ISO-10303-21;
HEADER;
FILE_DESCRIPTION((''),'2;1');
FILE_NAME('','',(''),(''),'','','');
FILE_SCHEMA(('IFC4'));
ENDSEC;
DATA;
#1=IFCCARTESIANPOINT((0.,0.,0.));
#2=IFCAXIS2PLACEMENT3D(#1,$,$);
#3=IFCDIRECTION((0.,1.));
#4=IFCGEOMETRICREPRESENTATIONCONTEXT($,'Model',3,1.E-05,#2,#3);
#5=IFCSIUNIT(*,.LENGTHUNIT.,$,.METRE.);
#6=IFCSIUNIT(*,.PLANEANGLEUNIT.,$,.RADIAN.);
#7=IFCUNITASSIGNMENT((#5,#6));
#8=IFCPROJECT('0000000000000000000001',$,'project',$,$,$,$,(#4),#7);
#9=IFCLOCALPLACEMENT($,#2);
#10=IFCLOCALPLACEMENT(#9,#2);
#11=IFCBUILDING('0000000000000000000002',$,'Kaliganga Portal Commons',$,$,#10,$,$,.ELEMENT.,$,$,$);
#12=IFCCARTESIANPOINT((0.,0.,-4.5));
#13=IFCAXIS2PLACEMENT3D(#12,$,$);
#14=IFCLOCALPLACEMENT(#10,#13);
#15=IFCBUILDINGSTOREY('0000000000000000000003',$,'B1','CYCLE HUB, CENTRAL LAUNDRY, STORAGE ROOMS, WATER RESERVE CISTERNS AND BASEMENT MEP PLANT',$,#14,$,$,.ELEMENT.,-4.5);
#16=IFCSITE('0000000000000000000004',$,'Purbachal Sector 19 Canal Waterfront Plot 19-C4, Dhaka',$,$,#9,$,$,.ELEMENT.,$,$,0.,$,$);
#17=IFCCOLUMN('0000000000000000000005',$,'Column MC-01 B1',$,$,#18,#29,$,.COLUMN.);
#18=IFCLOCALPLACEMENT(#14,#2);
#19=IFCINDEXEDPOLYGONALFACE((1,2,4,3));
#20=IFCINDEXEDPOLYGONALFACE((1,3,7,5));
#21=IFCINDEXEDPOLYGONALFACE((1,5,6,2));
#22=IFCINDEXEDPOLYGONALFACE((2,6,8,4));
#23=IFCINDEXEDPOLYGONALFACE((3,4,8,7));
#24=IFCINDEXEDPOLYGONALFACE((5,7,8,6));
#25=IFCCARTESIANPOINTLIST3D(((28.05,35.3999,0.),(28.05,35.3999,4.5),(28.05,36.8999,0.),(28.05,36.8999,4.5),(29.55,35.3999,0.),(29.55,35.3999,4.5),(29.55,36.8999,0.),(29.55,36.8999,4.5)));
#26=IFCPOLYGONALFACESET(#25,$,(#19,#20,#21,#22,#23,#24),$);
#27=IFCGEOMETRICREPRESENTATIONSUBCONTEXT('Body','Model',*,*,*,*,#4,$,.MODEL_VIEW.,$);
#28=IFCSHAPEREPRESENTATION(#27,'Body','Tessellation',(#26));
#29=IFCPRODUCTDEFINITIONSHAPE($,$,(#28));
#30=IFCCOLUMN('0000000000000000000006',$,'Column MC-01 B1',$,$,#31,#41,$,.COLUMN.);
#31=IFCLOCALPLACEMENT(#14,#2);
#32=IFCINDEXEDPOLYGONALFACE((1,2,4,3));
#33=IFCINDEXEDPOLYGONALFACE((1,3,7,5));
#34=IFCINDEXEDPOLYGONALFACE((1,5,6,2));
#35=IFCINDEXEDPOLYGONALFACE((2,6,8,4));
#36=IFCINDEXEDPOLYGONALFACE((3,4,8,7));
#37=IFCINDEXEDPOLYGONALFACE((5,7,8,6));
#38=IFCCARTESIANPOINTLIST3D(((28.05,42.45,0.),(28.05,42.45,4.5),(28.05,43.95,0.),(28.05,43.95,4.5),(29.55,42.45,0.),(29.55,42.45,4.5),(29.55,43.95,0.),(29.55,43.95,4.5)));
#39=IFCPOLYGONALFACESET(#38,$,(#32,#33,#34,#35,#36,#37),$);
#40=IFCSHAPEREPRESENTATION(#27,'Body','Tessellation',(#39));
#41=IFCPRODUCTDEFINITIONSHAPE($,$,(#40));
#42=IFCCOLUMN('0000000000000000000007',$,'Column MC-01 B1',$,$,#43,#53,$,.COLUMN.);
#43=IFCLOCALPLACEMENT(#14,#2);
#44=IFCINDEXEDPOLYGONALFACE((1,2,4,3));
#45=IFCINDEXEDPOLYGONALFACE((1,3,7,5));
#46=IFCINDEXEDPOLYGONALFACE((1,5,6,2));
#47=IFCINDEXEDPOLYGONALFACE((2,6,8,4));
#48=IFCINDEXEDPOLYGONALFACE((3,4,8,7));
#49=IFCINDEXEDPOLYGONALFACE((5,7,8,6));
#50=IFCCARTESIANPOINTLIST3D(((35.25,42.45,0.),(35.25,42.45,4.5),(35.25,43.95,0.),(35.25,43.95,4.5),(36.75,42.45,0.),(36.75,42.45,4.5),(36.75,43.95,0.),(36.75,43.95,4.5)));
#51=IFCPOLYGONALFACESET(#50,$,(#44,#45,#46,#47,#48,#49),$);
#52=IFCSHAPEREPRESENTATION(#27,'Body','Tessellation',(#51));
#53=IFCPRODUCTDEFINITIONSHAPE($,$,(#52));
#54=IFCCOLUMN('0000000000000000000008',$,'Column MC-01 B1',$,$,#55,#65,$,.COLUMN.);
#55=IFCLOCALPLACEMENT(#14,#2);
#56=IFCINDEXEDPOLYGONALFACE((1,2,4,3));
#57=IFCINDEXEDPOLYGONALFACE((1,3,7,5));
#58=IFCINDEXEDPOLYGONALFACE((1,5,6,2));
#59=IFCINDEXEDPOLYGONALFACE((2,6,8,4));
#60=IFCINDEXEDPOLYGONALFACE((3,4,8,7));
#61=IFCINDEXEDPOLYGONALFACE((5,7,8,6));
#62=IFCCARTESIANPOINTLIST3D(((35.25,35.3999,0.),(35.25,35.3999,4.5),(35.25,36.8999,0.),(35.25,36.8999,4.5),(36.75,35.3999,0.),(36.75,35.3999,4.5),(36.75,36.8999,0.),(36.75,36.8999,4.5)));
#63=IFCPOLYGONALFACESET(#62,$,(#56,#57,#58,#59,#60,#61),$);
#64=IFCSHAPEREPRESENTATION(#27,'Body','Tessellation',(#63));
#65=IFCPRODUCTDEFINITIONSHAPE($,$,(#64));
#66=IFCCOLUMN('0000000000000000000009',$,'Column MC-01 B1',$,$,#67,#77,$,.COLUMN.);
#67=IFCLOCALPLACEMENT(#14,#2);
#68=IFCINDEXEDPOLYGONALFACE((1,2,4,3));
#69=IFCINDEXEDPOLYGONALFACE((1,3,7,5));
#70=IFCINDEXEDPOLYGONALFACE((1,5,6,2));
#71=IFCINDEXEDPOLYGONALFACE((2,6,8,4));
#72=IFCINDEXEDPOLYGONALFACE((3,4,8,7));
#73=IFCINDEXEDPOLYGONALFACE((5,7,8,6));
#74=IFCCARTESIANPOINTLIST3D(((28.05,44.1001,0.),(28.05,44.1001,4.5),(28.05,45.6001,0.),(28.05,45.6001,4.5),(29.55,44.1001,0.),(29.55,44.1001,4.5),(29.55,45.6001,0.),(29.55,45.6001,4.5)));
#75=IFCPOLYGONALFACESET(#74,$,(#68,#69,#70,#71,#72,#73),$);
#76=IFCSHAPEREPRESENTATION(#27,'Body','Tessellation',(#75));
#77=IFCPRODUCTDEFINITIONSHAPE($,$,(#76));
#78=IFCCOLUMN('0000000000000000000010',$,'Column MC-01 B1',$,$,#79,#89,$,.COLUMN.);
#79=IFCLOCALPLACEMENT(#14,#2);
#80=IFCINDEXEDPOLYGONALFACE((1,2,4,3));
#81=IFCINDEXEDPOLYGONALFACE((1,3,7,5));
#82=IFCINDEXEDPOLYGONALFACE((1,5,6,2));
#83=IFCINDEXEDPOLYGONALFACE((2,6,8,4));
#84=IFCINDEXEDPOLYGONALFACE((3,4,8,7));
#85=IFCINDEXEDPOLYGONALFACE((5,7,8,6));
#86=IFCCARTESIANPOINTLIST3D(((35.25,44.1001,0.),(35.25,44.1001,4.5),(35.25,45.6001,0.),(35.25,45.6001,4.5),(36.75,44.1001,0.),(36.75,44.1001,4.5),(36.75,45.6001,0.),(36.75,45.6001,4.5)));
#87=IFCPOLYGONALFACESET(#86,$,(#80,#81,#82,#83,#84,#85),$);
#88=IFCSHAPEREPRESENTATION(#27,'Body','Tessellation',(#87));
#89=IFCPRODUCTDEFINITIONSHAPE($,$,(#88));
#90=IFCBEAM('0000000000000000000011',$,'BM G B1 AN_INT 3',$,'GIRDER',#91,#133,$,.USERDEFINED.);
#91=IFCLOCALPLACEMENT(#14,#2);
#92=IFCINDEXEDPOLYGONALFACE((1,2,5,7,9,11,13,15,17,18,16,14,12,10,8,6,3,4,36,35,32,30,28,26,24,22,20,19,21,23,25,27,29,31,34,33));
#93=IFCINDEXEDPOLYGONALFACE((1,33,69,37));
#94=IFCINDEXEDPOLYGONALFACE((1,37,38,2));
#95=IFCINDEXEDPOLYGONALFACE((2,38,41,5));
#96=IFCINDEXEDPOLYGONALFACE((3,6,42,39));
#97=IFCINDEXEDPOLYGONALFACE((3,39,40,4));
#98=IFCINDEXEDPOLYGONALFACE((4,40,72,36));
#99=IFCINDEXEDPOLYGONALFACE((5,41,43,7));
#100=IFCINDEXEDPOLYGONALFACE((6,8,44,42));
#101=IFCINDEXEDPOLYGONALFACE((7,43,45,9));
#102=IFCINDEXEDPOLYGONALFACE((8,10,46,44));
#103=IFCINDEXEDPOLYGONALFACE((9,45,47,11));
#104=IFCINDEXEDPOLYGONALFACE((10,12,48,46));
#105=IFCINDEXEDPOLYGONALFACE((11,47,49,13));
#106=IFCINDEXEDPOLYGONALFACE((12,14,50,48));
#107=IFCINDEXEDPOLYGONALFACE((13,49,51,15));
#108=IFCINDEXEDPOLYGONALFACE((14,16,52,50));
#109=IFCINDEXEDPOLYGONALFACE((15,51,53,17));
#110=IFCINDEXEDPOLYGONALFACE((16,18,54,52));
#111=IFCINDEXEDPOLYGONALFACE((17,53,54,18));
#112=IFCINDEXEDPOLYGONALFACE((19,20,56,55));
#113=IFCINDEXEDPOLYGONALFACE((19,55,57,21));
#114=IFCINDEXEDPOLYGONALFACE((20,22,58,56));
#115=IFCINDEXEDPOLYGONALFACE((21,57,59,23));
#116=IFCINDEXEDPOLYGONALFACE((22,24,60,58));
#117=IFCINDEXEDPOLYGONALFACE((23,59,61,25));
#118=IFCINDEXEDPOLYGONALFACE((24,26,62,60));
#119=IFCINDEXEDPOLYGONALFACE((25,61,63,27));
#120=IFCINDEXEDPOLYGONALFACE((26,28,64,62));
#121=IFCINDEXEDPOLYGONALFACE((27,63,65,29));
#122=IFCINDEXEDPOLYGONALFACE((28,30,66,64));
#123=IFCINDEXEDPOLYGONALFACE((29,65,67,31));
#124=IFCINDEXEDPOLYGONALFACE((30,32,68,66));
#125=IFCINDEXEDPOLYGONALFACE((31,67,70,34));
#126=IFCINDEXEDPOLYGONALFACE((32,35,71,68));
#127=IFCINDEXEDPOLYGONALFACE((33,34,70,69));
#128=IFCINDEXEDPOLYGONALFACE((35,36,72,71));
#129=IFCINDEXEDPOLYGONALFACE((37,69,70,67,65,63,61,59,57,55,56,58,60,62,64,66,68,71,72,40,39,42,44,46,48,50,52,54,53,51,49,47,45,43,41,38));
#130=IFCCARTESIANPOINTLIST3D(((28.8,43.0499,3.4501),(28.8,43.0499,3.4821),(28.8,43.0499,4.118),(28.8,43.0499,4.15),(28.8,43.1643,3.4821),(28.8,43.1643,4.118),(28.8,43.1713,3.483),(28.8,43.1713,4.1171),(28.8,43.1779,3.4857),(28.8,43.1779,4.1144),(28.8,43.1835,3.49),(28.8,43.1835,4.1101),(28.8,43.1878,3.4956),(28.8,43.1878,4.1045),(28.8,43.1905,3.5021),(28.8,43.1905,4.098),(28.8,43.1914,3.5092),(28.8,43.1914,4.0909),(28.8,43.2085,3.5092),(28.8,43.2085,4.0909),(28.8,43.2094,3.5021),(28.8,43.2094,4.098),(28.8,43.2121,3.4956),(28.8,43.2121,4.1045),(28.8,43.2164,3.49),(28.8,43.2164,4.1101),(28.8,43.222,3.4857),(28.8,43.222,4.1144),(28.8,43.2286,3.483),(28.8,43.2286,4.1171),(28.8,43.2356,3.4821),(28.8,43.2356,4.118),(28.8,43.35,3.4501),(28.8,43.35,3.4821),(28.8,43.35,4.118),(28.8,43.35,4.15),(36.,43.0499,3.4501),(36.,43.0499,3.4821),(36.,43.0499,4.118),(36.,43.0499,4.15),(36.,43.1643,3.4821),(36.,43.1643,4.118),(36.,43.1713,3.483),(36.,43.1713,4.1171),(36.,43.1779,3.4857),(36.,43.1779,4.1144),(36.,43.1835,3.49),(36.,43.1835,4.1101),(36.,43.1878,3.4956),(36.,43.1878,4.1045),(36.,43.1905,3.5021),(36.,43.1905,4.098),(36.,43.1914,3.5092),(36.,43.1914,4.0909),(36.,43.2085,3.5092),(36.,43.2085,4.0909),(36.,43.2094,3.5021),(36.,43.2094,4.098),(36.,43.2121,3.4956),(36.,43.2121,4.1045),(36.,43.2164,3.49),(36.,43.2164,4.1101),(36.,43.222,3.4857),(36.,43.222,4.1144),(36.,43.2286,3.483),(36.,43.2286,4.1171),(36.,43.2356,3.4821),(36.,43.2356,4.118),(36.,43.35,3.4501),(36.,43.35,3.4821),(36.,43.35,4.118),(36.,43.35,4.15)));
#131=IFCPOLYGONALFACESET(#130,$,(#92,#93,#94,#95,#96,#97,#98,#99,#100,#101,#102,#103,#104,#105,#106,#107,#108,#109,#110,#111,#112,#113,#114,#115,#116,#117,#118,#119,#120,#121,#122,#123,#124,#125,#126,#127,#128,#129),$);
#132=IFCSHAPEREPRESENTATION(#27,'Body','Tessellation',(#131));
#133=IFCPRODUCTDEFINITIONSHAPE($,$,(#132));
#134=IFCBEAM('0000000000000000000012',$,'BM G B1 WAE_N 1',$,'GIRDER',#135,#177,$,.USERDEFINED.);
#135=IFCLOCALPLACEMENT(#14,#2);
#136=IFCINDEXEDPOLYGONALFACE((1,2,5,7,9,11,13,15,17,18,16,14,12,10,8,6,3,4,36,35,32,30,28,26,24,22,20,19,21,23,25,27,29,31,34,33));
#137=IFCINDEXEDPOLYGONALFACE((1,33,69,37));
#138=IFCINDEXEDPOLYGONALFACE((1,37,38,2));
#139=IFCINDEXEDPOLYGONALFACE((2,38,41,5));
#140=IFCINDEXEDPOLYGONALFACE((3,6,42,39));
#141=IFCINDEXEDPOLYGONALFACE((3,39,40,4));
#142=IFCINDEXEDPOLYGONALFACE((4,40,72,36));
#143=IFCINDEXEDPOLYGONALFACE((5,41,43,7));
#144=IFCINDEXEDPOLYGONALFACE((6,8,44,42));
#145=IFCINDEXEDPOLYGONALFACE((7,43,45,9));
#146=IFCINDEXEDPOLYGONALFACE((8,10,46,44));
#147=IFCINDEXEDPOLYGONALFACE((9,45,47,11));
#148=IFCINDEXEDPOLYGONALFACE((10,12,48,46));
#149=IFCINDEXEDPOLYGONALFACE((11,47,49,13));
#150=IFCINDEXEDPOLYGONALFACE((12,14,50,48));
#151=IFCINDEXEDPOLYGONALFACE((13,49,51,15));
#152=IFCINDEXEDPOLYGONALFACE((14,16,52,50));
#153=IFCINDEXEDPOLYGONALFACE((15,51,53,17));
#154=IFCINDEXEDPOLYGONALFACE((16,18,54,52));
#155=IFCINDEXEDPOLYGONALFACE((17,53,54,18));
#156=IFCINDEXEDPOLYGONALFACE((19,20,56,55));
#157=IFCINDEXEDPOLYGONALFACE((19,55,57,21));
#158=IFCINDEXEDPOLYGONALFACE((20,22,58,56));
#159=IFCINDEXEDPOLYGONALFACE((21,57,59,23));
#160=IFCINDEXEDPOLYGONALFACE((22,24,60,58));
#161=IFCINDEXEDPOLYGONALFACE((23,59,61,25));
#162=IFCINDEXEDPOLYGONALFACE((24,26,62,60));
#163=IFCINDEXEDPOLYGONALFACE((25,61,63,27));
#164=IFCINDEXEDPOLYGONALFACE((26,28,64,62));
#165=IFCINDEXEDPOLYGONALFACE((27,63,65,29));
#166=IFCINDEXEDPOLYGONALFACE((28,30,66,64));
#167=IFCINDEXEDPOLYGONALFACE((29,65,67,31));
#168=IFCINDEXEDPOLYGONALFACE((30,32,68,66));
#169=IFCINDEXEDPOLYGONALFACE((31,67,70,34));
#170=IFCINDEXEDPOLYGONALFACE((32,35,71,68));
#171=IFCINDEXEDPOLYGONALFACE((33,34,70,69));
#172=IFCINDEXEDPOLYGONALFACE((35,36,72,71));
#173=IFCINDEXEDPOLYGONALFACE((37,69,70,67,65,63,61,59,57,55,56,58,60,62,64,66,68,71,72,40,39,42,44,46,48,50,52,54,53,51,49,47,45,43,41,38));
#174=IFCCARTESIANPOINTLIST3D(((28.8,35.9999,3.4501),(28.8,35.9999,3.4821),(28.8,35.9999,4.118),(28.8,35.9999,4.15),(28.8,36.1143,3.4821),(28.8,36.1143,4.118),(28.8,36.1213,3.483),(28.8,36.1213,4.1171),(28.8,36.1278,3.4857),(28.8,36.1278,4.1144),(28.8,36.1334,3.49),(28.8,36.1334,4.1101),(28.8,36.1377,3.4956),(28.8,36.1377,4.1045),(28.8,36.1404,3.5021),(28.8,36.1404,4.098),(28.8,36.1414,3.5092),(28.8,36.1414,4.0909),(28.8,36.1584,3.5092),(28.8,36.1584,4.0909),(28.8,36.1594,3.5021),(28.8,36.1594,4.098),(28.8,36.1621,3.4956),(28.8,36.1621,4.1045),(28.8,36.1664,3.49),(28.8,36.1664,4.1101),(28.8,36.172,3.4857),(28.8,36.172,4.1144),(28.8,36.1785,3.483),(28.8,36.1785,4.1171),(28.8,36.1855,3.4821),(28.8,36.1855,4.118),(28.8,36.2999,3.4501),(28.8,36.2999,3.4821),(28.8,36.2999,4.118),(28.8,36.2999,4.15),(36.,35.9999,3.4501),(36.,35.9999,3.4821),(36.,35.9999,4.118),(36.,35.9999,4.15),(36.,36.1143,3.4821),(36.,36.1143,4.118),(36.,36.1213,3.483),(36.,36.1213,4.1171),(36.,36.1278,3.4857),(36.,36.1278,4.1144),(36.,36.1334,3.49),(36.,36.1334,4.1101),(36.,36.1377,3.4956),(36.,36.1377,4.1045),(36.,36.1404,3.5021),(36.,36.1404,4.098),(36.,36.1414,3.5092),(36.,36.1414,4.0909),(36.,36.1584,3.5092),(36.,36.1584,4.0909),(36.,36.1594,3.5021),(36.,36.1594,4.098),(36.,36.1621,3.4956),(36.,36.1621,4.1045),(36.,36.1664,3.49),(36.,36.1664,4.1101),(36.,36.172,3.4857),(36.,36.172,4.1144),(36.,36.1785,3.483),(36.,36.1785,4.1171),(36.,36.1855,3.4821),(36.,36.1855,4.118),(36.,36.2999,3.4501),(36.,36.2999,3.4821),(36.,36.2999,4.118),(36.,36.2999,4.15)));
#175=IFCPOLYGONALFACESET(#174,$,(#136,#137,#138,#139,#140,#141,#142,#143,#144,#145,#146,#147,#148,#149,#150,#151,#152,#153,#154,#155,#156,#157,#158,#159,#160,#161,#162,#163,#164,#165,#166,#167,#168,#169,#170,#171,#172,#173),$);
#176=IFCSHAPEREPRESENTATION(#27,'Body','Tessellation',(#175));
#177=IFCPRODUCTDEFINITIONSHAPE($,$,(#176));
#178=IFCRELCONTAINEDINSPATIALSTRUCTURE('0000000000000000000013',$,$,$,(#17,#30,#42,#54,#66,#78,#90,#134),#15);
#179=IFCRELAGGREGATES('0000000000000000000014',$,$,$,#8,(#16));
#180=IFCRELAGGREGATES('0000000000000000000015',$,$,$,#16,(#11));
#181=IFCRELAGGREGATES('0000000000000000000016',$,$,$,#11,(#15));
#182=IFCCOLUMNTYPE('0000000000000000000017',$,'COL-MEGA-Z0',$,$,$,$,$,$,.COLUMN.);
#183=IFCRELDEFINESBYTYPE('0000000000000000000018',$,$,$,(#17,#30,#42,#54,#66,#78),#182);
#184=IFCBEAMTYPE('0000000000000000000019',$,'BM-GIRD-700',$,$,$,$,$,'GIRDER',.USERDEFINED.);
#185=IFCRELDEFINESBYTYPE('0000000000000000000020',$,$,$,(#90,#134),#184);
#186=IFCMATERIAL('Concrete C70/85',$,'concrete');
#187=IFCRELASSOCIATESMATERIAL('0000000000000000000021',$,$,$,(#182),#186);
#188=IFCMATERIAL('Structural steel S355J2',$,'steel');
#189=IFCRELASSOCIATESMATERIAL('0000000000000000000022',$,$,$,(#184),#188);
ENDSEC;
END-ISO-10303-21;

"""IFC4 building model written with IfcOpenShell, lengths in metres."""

from ifc_helpers import new_model, si_unit, direction, frame, origin, origin_2d, place, context, subcontext, project, spatial, rectangle, i_section, extrude, source, transform, mapped, material, material_profile, profile_set, type_object, element, save


model = new_model("IFC4")

# Units and contexts
model_context = context("Model", 3, precision=1e-05, world=origin(), true_north=direction((0.0, 1.0)))
body_context = subcontext(model_context, "Body", "Model", "MODEL_VIEW")
ifc_project = project(units=[si_unit("LENGTHUNIT", "METRE"), si_unit("PLANEANGLEUNIT", "RADIAN")], contexts=[model_context])

# Site, building, storey
site_placement = place(None, origin())
site = spatial("IfcSite", under=ifc_project, at=site_placement, Name="Purbachal Sector 19 Canal Waterfront Plot 19-C4, Dhaka", CompositionType="ELEMENT", RefElevation=0.0)
building_placement = place(site_placement, origin())
building = spatial("IfcBuilding", under=site, at=building_placement, Name="Kaliganga Portal Commons", CompositionType="ELEMENT")
storey_placement = place(building_placement, frame((0.0, 0.0, -4.5)))
storey = spatial("IfcBuildingStorey", under=building, at=storey_placement, Name="B1", Description="CYCLE HUB, CENTRAL LAUNDRY, STORAGE ROOMS, WATER RESERVE CISTERNS AND BASEMENT MEP PLANT", CompositionType="ELEMENT", Elevation=-4.5)

# Columns
ifc_material_1 = material(Name="Concrete C70/85", Category="concrete")
ifc_material_profile_1 = material_profile(ifc_material_1, rectangle(XDim=1.5, YDim=1.5, at=origin_2d()), Name="RC 1500x1500")
ifc_profile_set_1 = profile_set([ifc_material_profile_1], Name="Concrete C70/85")
column_type = type_object("IfcColumnType", Name="COL-MEGA-Z0", PredefinedType="COLUMN", material=ifc_profile_set_1)
shared_shape_1 = source(origin(), body_context, "Body", "SweptSolid", [
    extrude(rectangle(XDim=1.5, YDim=1.5, at=origin_2d()), origin(), (0.0, 0.0, 1.0), 4.5),
])
for number, where, z_axis, x_axis, name in (
    (1, (28.8, 36.1499, 0.0), (0.0, 0.0, 1.0), (1.0, 0.0, 0.0), "Column MC-01 B1"),
    (2, (28.8, 43.2, 0.0), (0.0, 0.0, 1.0), (1.0, 0.0, 0.0), "Column MC-01 B1"),
    (3, (36.0, 43.2, 0.0), (0.0, 0.0, 1.0), (1.0, 0.0, 0.0), "Column MC-01 B1"),
    (4, (36.0, 36.1499, 0.0), (0.0, 0.0, 1.0), (1.0, 0.0, 0.0), "Column MC-01 B1"),
    (5, (28.8, 44.8501, 0.0), (0.0, 0.0, 1.0), (1.0, 0.0, 0.0), "Column MC-01 B1"),
    (6, (36.0, 44.8501, 0.0), (0.0, 0.0, 1.0), (1.0, 0.0, 0.0), "Column MC-01 B1"),
):
    element("IfcColumn", number, at=place(storey_placement, frame(where, z_axis=z_axis, x_axis=x_axis)), inside=storey, type_object=column_type, Name=name, PredefinedType="COLUMN", context=body_context, shape_type="MappedRepresentation", body=[
        mapped(shared_shape_1, transform((0.0, 0.0, 0.0), x_axis=(1.0, 0.0, 0.0), y_axis=(0.0, 1.0, 0.0), z_axis=(0.0, 0.0, 1.0), scale=1.0)),
    ])

# Beams
ifc_material_2 = material(Name="Structural steel S355J2", Category="steel")
ifc_material_profile_2 = material_profile(ifc_material_2, i_section(OverallWidth=0.3, OverallDepth=0.7, WebThickness=0.0171, FlangeThickness=0.032, FilletRadius=0.0271, at=origin_2d()), Name="HE 700 B")
ifc_profile_set_2 = profile_set([ifc_material_profile_2], Name="Structural steel S355J2 wide-flange")
beam_type_1 = type_object("IfcBeamType", Name="BM-GIRD-700", ElementType="GIRDER", PredefinedType="USERDEFINED", material=ifc_profile_set_2)
shared_shape_2 = source(origin(), body_context, "Body", "SweptSolid", [
    extrude(i_section(OverallWidth=0.3, OverallDepth=0.7, WebThickness=0.0171, FlangeThickness=0.032, FilletRadius=0.0271, at=origin_2d()), origin(), (0.0, 0.0, 1.0), 7.2),
])
for number, where, z_axis, x_axis, name in (
    (7, (28.8, 43.2, 3.8), (1.0, 0.0, 0.0), (0.0, 1.0, 0.0), "BM G B1 AN_INT 3"),
    (8, (28.8, 36.1499, 3.8), (1.0, 0.0, 0.0), (0.0, 1.0, 0.0), "BM G B1 WAE_N 1"),
):
    element("IfcBeam", number, at=place(storey_placement, frame(where, z_axis=z_axis, x_axis=x_axis)), inside=storey, type_object=beam_type_1, Name=name, ObjectType="GIRDER", PredefinedType="USERDEFINED", context=body_context, shape_type="MappedRepresentation", body=[
        mapped(shared_shape_2, transform((0.0, 0.0, 0.0), x_axis=(1.0, 0.0, 0.0), y_axis=(0.0, 1.0, 0.0), z_axis=(0.0, 0.0, 1.0), scale=1.0)),
    ])

save(model, "model.ifc")
